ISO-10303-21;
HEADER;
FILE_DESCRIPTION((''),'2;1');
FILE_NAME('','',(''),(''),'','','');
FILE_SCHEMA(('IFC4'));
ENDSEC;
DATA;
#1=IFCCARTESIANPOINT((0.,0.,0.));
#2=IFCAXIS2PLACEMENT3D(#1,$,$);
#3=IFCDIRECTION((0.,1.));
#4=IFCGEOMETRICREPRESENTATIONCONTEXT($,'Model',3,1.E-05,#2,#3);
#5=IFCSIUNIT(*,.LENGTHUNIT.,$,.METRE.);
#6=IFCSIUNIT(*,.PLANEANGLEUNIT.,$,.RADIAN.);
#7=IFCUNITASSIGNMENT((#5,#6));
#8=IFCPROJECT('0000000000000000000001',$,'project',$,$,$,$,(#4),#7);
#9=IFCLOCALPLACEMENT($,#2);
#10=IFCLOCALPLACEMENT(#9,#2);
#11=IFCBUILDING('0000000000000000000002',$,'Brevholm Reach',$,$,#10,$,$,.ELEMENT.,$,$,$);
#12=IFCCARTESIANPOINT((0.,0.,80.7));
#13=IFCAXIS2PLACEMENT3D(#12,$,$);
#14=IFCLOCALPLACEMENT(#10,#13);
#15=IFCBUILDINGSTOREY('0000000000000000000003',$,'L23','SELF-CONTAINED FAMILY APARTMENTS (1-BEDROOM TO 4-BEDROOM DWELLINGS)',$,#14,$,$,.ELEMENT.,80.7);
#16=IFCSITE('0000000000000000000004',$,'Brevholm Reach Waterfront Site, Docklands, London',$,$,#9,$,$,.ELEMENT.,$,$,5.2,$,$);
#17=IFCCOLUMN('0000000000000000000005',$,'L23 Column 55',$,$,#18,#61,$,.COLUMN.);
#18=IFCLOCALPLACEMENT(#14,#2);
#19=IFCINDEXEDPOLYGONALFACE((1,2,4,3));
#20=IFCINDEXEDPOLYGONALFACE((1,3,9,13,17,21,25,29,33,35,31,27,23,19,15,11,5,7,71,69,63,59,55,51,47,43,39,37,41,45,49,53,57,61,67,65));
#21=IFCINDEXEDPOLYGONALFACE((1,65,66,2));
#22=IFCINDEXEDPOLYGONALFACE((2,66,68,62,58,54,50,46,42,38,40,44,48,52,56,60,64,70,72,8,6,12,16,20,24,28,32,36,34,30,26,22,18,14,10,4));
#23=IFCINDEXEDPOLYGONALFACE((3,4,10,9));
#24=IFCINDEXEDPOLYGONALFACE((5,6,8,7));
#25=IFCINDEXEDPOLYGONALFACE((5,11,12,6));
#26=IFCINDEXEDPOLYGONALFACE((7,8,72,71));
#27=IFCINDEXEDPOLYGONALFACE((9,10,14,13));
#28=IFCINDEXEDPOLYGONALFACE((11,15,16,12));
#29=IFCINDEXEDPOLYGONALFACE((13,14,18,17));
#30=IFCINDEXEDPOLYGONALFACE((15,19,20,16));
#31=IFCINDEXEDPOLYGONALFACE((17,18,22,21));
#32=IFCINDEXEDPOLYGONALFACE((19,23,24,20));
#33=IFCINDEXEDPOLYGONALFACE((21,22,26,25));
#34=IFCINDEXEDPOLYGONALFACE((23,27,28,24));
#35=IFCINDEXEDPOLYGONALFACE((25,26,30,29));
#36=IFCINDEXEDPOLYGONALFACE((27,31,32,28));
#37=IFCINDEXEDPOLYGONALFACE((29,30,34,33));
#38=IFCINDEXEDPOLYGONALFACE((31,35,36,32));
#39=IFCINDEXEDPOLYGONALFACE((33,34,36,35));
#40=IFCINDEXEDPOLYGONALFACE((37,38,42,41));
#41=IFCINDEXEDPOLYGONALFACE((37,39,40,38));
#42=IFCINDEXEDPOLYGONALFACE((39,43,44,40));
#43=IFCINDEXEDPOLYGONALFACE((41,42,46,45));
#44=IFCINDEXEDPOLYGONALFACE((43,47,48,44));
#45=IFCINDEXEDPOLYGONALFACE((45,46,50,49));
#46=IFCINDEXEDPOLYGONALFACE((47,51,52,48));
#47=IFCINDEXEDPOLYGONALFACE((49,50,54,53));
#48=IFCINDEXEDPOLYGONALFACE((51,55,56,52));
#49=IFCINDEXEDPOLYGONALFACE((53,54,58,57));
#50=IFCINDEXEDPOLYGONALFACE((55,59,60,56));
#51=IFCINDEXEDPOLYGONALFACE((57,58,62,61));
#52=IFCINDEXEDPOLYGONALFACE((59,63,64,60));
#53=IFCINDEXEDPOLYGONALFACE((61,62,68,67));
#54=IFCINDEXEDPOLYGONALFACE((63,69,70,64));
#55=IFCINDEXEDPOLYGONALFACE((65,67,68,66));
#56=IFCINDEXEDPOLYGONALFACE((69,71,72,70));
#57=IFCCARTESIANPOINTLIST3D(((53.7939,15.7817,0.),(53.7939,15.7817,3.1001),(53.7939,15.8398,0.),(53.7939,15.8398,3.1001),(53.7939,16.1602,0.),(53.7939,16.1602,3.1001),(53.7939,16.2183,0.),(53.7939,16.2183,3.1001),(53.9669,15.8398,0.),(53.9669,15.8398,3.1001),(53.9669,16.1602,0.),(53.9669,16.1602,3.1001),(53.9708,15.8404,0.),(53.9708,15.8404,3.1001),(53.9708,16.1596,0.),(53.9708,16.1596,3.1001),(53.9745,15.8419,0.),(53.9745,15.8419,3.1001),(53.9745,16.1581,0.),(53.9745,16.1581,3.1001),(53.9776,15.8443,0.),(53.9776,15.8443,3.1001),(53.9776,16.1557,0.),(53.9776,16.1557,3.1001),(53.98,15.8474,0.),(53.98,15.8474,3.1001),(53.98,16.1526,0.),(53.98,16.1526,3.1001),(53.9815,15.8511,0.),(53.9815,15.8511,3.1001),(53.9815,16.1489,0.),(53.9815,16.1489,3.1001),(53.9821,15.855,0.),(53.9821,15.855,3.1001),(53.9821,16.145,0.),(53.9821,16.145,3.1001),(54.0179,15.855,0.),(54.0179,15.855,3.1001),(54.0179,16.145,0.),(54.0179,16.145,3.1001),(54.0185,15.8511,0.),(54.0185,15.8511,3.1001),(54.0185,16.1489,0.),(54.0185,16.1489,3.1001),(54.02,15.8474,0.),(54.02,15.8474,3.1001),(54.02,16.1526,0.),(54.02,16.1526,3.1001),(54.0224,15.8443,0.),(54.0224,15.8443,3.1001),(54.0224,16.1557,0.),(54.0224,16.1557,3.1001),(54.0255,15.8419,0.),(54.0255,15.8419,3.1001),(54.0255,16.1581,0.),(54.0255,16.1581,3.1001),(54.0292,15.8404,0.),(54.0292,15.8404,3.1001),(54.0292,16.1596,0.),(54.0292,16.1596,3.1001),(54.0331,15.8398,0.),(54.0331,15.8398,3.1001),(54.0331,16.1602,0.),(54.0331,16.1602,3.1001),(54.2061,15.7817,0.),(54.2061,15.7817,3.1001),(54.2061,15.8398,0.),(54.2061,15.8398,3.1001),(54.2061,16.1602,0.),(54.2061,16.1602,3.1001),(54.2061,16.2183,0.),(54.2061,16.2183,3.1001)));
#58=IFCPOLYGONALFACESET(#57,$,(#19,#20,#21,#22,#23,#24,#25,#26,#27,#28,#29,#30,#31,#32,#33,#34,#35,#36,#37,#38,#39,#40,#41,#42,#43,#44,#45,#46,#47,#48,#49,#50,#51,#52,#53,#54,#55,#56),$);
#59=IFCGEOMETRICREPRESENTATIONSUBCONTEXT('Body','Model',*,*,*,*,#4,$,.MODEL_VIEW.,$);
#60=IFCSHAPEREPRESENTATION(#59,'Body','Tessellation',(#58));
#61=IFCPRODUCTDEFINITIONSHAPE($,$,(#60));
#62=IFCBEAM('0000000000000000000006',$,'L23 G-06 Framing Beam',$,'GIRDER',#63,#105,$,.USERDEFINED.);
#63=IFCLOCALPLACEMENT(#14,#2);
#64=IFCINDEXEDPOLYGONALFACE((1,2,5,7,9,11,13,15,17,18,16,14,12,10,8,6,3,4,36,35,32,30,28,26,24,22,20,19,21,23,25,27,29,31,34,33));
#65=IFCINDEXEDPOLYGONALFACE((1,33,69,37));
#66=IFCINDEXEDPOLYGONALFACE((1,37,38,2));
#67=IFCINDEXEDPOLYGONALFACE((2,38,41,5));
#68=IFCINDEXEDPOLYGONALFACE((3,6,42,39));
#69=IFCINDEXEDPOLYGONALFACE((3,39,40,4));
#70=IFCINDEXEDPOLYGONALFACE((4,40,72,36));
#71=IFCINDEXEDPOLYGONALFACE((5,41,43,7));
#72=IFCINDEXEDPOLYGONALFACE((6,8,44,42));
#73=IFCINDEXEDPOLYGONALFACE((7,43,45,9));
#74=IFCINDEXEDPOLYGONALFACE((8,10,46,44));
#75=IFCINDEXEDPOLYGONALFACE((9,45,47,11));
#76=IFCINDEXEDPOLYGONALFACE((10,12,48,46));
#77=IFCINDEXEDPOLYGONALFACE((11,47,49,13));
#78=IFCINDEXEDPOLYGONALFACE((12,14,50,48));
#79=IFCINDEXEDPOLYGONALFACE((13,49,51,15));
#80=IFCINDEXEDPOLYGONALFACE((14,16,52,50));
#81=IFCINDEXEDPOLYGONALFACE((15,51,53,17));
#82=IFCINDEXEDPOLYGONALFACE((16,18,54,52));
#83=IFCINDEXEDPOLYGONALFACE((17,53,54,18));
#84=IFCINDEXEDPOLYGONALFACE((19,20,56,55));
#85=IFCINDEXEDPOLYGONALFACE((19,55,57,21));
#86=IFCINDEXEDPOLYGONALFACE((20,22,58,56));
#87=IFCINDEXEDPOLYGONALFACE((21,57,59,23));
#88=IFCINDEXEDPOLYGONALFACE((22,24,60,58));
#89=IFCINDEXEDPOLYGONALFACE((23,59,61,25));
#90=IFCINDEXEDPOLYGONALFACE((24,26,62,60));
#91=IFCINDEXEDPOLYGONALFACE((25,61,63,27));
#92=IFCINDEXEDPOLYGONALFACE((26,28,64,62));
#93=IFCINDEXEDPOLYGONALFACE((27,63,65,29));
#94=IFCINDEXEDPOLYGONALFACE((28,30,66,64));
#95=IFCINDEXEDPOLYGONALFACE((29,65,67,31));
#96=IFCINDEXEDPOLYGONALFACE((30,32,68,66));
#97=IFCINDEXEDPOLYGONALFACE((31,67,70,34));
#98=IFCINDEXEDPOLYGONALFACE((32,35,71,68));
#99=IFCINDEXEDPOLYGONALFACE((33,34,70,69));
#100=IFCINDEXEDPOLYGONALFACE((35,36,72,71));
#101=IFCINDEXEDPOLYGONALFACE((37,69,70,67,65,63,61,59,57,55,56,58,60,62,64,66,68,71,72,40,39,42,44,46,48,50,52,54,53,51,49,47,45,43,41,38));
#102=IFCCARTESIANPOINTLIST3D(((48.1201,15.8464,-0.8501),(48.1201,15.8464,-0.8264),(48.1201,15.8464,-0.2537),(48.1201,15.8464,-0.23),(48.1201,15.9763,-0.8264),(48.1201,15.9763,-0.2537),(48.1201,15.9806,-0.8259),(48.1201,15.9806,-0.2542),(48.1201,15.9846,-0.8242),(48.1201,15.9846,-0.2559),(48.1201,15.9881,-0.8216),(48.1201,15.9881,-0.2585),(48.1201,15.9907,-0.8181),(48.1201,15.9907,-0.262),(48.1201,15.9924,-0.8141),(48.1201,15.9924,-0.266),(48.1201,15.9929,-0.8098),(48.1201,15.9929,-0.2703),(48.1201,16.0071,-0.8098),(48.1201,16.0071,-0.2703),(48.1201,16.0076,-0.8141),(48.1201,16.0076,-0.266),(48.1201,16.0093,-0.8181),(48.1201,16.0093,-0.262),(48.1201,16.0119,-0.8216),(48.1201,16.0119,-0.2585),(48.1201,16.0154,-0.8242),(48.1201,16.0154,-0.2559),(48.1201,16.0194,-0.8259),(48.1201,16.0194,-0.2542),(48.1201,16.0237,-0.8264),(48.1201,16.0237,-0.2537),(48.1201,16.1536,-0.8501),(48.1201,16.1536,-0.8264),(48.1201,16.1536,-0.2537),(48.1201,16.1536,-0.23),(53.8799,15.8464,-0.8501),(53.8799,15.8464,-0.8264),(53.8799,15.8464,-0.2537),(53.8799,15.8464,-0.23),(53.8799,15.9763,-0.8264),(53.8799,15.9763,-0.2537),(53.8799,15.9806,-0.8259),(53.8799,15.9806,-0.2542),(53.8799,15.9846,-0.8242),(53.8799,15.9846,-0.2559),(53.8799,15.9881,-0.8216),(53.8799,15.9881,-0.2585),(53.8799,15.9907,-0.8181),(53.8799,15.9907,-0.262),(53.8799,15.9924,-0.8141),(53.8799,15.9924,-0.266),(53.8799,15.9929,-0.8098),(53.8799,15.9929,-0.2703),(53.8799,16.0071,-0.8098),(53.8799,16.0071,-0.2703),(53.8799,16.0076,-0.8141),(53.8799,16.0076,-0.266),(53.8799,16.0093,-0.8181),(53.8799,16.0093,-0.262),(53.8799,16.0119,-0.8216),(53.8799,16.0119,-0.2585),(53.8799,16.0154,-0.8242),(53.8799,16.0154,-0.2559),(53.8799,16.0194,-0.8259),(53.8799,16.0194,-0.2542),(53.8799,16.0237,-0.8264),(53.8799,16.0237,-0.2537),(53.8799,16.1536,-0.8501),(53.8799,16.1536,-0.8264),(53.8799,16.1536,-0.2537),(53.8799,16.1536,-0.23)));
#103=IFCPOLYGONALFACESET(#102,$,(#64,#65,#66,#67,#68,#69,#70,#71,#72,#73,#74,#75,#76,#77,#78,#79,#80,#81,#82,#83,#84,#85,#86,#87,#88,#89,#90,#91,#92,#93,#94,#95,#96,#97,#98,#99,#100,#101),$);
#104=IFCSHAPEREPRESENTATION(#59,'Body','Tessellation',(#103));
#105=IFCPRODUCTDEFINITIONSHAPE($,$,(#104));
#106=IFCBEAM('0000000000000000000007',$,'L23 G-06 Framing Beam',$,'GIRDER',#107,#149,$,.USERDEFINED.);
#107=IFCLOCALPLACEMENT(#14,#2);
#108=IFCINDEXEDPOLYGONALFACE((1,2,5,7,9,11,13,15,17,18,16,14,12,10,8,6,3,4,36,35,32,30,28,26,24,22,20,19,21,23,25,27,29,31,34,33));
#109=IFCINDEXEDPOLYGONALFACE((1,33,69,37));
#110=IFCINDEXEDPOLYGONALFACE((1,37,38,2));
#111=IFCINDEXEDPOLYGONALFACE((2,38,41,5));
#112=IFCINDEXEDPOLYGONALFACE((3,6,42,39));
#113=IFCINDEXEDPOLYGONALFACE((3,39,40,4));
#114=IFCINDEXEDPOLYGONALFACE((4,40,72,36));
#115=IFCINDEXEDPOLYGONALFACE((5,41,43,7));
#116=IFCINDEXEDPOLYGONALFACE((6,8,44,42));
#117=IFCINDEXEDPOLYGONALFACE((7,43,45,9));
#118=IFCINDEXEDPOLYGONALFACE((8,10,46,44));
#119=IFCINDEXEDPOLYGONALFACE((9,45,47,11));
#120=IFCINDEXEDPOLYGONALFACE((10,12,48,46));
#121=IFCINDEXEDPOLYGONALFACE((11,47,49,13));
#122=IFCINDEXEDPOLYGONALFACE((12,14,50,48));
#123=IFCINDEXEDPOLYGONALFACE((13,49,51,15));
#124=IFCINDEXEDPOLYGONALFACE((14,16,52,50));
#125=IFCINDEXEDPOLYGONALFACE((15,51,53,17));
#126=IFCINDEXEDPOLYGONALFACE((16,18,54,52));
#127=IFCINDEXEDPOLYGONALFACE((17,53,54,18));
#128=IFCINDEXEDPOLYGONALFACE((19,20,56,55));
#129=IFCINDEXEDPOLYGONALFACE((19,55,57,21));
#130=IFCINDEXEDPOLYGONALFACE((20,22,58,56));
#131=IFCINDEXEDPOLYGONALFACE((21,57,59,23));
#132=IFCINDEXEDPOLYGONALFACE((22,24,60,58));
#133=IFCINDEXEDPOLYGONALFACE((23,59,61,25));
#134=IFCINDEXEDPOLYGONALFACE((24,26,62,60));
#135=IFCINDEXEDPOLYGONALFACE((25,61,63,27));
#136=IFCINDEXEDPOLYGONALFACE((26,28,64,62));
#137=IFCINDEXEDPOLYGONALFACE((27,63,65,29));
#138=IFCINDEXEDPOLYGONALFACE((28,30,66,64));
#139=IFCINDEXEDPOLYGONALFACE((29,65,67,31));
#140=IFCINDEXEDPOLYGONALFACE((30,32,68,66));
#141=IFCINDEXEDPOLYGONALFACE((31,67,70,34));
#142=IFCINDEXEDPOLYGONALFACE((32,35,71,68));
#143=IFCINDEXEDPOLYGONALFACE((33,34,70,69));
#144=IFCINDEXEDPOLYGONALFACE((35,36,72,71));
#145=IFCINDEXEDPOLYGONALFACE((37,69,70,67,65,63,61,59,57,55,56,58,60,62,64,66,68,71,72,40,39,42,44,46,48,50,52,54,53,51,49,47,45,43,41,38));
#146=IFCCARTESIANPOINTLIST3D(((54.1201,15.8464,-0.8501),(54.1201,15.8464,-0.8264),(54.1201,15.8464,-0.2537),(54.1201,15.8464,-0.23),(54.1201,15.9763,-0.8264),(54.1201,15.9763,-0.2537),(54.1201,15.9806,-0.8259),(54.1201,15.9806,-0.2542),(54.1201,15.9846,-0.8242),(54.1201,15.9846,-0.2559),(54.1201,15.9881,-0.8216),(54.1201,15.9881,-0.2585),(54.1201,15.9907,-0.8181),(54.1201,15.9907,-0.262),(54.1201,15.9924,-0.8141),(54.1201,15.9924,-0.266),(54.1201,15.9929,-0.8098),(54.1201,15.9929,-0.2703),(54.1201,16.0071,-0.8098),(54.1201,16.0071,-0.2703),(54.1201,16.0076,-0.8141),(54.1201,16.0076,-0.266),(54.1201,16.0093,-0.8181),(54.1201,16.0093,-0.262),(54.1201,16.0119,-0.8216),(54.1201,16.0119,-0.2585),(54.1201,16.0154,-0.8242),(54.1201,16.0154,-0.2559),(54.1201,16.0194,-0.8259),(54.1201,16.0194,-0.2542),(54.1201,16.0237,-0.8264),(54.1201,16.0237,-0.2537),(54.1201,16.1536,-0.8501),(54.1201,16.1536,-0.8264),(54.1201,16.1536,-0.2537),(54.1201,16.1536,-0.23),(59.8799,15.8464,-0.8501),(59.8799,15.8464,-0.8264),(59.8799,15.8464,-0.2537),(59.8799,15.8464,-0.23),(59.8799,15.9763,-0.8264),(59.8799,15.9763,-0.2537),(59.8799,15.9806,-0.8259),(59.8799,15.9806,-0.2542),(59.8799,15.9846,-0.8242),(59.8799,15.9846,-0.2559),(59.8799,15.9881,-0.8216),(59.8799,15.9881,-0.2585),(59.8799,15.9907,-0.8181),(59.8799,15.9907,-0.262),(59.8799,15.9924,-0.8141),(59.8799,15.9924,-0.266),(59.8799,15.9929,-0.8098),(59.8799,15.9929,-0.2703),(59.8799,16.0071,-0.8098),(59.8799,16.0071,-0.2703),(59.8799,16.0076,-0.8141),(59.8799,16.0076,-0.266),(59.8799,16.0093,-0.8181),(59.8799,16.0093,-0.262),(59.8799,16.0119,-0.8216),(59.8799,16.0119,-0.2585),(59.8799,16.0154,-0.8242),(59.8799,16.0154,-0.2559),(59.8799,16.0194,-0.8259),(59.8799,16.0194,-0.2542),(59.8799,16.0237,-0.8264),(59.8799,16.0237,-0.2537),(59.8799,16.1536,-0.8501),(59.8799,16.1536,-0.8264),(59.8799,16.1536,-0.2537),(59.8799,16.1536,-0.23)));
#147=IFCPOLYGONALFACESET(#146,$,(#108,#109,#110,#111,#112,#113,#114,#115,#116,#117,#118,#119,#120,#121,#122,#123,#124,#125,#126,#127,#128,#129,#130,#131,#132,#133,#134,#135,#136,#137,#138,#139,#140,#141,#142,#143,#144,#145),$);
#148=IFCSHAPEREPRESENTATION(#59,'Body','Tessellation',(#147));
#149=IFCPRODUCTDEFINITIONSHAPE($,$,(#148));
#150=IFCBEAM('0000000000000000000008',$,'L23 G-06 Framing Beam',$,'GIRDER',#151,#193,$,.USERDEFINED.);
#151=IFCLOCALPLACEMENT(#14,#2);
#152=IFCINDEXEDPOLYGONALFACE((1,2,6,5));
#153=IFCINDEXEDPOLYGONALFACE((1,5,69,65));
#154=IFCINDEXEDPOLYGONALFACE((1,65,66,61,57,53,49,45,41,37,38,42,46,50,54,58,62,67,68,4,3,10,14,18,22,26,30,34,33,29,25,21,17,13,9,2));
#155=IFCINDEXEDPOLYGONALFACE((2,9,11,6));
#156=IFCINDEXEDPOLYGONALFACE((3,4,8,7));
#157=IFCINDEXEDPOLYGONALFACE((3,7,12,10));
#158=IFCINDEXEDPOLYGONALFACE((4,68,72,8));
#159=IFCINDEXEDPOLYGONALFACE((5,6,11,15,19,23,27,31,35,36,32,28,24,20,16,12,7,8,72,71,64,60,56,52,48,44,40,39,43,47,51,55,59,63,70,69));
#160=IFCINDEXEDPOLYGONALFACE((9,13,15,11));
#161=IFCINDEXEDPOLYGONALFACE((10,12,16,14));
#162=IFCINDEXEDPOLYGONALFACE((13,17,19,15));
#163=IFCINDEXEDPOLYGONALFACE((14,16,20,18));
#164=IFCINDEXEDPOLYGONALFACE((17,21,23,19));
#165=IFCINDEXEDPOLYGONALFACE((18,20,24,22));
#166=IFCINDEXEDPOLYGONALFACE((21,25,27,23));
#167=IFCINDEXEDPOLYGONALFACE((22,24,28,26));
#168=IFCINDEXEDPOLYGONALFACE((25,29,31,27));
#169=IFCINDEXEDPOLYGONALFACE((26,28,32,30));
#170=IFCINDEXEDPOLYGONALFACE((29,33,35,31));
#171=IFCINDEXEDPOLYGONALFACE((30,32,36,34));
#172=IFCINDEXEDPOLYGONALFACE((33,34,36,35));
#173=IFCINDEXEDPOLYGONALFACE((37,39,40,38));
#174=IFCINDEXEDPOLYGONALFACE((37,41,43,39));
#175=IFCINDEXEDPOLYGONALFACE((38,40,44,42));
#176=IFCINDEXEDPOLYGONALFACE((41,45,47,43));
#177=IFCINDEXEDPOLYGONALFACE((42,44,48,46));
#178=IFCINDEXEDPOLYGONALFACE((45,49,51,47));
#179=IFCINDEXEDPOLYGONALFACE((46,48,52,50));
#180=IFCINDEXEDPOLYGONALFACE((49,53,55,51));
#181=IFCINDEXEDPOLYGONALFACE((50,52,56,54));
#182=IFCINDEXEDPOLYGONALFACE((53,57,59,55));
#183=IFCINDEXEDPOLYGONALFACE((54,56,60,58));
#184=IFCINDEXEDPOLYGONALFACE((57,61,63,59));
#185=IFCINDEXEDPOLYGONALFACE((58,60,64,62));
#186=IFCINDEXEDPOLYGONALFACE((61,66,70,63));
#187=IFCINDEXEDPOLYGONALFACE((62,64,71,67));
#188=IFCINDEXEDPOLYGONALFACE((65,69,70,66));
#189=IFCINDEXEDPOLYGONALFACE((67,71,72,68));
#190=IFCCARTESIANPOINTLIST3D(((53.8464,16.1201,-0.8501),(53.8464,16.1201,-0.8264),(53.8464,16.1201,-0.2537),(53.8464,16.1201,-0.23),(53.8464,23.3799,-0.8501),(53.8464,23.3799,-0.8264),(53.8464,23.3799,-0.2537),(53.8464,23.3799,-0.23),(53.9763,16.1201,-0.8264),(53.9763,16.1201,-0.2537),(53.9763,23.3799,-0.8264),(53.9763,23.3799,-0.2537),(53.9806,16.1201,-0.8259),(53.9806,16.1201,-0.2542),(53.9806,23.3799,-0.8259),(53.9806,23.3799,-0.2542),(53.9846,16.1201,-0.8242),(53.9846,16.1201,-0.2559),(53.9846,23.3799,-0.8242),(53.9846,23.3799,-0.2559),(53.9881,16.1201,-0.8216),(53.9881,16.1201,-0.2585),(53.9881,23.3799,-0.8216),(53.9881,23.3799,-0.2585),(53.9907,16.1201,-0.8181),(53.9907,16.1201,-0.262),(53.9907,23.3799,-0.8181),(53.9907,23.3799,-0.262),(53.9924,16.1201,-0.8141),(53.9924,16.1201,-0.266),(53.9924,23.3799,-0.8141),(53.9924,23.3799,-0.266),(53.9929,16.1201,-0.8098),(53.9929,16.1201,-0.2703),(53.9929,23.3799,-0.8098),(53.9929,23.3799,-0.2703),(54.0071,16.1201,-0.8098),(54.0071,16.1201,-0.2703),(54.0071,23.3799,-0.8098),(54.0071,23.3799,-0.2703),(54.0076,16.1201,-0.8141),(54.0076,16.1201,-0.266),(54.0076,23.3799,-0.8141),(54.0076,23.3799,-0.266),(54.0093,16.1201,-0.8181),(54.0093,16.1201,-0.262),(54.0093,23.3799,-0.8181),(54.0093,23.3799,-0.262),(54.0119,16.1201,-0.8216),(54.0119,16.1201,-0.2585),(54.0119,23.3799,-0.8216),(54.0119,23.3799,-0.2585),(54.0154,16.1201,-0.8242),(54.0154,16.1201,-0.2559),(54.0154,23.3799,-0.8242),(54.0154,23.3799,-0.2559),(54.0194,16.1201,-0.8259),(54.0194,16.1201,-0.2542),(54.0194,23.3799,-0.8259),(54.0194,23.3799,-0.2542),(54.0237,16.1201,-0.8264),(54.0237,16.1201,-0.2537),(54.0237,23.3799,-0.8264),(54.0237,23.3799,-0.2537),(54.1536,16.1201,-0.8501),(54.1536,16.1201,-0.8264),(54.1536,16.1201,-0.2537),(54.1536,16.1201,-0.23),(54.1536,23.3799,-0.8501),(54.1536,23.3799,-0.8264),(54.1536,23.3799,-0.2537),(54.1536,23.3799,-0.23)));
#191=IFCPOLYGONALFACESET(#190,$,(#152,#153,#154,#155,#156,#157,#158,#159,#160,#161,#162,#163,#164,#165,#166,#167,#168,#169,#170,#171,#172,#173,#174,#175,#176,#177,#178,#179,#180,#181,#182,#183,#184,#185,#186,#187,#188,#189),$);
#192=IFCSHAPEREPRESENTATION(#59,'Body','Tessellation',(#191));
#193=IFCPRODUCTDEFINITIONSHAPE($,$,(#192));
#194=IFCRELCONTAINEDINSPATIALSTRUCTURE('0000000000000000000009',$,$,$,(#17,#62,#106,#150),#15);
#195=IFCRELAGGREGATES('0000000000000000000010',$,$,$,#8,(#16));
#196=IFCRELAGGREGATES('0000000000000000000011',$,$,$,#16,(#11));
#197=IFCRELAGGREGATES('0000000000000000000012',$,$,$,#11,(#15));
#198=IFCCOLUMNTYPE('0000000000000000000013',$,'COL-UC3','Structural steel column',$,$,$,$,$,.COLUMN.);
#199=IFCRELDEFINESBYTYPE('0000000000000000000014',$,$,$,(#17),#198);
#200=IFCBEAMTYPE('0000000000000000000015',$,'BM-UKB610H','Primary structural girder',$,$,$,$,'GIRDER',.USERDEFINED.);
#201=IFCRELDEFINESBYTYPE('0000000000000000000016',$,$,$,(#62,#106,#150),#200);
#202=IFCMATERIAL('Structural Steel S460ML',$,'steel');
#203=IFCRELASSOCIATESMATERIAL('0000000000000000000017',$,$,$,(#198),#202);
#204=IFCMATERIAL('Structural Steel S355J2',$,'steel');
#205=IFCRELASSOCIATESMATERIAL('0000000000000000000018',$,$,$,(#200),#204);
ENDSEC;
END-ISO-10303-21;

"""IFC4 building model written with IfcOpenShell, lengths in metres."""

from ifc_helpers import new_model, si_unit, direction, frame, origin, origin_2d, place, context, subcontext, project, spatial, i_section, extrude, material, material_profile, profile_set, type_object, element, save


model = new_model("IFC4")

# Units and contexts
model_context = context("Model", 3, precision=1e-05, world=origin(), true_north=direction((0.0, 1.0)))
body_context = subcontext(model_context, "Body", "Model", "MODEL_VIEW")
ifc_project = project(units=[si_unit("LENGTHUNIT", "METRE"), si_unit("PLANEANGLEUNIT", "RADIAN")], contexts=[model_context])

# Site, building, storey
site_placement = place(None, origin())
site = spatial("IfcSite", under=ifc_project, at=site_placement, Name="Brevholm Reach Waterfront Site, Docklands, London", CompositionType="ELEMENT", RefElevation=5.2)
building_placement = place(site_placement, origin())
building = spatial("IfcBuilding", under=site, at=building_placement, Name="Brevholm Reach", CompositionType="ELEMENT")
storey_placement = place(building_placement, frame((0.0, 0.0, 80.7)))
storey = spatial("IfcBuildingStorey", under=building, at=storey_placement, Name="L23", Description="SELF-CONTAINED FAMILY APARTMENTS (1-BEDROOM TO 4-BEDROOM DWELLINGS)", CompositionType="ELEMENT", Elevation=80.7)

# Column
ifc_material_1 = material(Name="Structural Steel S460ML", Category="steel")
ifc_material_profile_1 = material_profile(ifc_material_1, i_section(OverallWidth=0.4121, OverallDepth=0.4365, WebThickness=0.0359, FlangeThickness=0.0581, FilletRadius=0.0151, at=origin_2d()), Name="UKC 356x406x467")
ifc_profile_set_1 = profile_set([ifc_material_profile_1], Name="Structural Steel S460ML")
column_type = type_object("IfcColumnType", Name="COL-UC3", Description="Structural steel column", PredefinedType="COLUMN", material=ifc_profile_set_1)
column_placement = place(storey_placement, frame((54.0, 16.0, 0.0), z_axis=(0.0, 0.0, 1.0), x_axis=(1.0, 0.0, 0.0)))
element("IfcColumn", 1, at=column_placement, inside=storey, type_object=column_type, Name="L23 Column 55", PredefinedType="COLUMN", context=body_context, shape_type="SweptSolid", body=[
    extrude(i_section(OverallWidth=0.4121, OverallDepth=0.4365, WebThickness=0.0359, FlangeThickness=0.0581, FilletRadius=0.0151, at=origin_2d()), origin(), (0.0, 0.0, 1.0), 3.1001),
])

# Beams
ifc_material_2 = material(Name="Structural Steel S355J2", Category="steel")
ifc_material_profile_2 = material_profile(ifc_material_2, i_section(OverallWidth=0.3071, OverallDepth=0.6201, WebThickness=0.0142, FlangeThickness=0.0237, FilletRadius=0.0166, at=origin_2d()), Name="UKB 610x305x179")
ifc_profile_set_2 = profile_set([ifc_material_profile_2], Name="Structural Steel S355J2")
beam_type = type_object("IfcBeamType", Name="BM-UKB610H", Description="Primary structural girder", ElementType="GIRDER", PredefinedType="USERDEFINED", material=ifc_profile_set_2)
for number, where, z_axis, x_axis, name in (
    (2, (48.1201, 16.0, -0.54), (1.0, 0.0, 0.0), (0.0, 1.0, 0.0), "L23 G-06 Framing Beam"),
    (3, (54.1201, 16.0, -0.54), (1.0, 0.0, 0.0), (0.0, 1.0, 0.0), "L23 G-06 Framing Beam"),
):
    element("IfcBeam", number, at=place(storey_placement, frame(where, z_axis=z_axis, x_axis=x_axis)), inside=storey, type_object=beam_type, Name=name, ObjectType="GIRDER", PredefinedType="USERDEFINED", context=body_context, shape_type="SweptSolid", body=[
        extrude(i_section(OverallWidth=0.3071, OverallDepth=0.6201, WebThickness=0.0142, FlangeThickness=0.0237, FilletRadius=0.0166, at=origin_2d()), origin(), (0.0, 0.0, 1.0), 5.7598),
    ])
beam_placement = place(storey_placement, frame((54.0, 16.1201, -0.54), z_axis=(0.0, 1.0, 0.0), x_axis=(-1.0, 0.0, 0.0)))
element("IfcBeam", 4, at=beam_placement, inside=storey, type_object=beam_type, Name="L23 G-06 Framing Beam", ObjectType="GIRDER", PredefinedType="USERDEFINED", context=body_context, shape_type="SweptSolid", body=[
    extrude(i_section(OverallWidth=0.3071, OverallDepth=0.6201, WebThickness=0.0142, FlangeThickness=0.0237, FilletRadius=0.0166, at=origin_2d()), origin(), (0.0, 0.0, 1.0), 7.2598),
])

save(model, "model.ifc")
